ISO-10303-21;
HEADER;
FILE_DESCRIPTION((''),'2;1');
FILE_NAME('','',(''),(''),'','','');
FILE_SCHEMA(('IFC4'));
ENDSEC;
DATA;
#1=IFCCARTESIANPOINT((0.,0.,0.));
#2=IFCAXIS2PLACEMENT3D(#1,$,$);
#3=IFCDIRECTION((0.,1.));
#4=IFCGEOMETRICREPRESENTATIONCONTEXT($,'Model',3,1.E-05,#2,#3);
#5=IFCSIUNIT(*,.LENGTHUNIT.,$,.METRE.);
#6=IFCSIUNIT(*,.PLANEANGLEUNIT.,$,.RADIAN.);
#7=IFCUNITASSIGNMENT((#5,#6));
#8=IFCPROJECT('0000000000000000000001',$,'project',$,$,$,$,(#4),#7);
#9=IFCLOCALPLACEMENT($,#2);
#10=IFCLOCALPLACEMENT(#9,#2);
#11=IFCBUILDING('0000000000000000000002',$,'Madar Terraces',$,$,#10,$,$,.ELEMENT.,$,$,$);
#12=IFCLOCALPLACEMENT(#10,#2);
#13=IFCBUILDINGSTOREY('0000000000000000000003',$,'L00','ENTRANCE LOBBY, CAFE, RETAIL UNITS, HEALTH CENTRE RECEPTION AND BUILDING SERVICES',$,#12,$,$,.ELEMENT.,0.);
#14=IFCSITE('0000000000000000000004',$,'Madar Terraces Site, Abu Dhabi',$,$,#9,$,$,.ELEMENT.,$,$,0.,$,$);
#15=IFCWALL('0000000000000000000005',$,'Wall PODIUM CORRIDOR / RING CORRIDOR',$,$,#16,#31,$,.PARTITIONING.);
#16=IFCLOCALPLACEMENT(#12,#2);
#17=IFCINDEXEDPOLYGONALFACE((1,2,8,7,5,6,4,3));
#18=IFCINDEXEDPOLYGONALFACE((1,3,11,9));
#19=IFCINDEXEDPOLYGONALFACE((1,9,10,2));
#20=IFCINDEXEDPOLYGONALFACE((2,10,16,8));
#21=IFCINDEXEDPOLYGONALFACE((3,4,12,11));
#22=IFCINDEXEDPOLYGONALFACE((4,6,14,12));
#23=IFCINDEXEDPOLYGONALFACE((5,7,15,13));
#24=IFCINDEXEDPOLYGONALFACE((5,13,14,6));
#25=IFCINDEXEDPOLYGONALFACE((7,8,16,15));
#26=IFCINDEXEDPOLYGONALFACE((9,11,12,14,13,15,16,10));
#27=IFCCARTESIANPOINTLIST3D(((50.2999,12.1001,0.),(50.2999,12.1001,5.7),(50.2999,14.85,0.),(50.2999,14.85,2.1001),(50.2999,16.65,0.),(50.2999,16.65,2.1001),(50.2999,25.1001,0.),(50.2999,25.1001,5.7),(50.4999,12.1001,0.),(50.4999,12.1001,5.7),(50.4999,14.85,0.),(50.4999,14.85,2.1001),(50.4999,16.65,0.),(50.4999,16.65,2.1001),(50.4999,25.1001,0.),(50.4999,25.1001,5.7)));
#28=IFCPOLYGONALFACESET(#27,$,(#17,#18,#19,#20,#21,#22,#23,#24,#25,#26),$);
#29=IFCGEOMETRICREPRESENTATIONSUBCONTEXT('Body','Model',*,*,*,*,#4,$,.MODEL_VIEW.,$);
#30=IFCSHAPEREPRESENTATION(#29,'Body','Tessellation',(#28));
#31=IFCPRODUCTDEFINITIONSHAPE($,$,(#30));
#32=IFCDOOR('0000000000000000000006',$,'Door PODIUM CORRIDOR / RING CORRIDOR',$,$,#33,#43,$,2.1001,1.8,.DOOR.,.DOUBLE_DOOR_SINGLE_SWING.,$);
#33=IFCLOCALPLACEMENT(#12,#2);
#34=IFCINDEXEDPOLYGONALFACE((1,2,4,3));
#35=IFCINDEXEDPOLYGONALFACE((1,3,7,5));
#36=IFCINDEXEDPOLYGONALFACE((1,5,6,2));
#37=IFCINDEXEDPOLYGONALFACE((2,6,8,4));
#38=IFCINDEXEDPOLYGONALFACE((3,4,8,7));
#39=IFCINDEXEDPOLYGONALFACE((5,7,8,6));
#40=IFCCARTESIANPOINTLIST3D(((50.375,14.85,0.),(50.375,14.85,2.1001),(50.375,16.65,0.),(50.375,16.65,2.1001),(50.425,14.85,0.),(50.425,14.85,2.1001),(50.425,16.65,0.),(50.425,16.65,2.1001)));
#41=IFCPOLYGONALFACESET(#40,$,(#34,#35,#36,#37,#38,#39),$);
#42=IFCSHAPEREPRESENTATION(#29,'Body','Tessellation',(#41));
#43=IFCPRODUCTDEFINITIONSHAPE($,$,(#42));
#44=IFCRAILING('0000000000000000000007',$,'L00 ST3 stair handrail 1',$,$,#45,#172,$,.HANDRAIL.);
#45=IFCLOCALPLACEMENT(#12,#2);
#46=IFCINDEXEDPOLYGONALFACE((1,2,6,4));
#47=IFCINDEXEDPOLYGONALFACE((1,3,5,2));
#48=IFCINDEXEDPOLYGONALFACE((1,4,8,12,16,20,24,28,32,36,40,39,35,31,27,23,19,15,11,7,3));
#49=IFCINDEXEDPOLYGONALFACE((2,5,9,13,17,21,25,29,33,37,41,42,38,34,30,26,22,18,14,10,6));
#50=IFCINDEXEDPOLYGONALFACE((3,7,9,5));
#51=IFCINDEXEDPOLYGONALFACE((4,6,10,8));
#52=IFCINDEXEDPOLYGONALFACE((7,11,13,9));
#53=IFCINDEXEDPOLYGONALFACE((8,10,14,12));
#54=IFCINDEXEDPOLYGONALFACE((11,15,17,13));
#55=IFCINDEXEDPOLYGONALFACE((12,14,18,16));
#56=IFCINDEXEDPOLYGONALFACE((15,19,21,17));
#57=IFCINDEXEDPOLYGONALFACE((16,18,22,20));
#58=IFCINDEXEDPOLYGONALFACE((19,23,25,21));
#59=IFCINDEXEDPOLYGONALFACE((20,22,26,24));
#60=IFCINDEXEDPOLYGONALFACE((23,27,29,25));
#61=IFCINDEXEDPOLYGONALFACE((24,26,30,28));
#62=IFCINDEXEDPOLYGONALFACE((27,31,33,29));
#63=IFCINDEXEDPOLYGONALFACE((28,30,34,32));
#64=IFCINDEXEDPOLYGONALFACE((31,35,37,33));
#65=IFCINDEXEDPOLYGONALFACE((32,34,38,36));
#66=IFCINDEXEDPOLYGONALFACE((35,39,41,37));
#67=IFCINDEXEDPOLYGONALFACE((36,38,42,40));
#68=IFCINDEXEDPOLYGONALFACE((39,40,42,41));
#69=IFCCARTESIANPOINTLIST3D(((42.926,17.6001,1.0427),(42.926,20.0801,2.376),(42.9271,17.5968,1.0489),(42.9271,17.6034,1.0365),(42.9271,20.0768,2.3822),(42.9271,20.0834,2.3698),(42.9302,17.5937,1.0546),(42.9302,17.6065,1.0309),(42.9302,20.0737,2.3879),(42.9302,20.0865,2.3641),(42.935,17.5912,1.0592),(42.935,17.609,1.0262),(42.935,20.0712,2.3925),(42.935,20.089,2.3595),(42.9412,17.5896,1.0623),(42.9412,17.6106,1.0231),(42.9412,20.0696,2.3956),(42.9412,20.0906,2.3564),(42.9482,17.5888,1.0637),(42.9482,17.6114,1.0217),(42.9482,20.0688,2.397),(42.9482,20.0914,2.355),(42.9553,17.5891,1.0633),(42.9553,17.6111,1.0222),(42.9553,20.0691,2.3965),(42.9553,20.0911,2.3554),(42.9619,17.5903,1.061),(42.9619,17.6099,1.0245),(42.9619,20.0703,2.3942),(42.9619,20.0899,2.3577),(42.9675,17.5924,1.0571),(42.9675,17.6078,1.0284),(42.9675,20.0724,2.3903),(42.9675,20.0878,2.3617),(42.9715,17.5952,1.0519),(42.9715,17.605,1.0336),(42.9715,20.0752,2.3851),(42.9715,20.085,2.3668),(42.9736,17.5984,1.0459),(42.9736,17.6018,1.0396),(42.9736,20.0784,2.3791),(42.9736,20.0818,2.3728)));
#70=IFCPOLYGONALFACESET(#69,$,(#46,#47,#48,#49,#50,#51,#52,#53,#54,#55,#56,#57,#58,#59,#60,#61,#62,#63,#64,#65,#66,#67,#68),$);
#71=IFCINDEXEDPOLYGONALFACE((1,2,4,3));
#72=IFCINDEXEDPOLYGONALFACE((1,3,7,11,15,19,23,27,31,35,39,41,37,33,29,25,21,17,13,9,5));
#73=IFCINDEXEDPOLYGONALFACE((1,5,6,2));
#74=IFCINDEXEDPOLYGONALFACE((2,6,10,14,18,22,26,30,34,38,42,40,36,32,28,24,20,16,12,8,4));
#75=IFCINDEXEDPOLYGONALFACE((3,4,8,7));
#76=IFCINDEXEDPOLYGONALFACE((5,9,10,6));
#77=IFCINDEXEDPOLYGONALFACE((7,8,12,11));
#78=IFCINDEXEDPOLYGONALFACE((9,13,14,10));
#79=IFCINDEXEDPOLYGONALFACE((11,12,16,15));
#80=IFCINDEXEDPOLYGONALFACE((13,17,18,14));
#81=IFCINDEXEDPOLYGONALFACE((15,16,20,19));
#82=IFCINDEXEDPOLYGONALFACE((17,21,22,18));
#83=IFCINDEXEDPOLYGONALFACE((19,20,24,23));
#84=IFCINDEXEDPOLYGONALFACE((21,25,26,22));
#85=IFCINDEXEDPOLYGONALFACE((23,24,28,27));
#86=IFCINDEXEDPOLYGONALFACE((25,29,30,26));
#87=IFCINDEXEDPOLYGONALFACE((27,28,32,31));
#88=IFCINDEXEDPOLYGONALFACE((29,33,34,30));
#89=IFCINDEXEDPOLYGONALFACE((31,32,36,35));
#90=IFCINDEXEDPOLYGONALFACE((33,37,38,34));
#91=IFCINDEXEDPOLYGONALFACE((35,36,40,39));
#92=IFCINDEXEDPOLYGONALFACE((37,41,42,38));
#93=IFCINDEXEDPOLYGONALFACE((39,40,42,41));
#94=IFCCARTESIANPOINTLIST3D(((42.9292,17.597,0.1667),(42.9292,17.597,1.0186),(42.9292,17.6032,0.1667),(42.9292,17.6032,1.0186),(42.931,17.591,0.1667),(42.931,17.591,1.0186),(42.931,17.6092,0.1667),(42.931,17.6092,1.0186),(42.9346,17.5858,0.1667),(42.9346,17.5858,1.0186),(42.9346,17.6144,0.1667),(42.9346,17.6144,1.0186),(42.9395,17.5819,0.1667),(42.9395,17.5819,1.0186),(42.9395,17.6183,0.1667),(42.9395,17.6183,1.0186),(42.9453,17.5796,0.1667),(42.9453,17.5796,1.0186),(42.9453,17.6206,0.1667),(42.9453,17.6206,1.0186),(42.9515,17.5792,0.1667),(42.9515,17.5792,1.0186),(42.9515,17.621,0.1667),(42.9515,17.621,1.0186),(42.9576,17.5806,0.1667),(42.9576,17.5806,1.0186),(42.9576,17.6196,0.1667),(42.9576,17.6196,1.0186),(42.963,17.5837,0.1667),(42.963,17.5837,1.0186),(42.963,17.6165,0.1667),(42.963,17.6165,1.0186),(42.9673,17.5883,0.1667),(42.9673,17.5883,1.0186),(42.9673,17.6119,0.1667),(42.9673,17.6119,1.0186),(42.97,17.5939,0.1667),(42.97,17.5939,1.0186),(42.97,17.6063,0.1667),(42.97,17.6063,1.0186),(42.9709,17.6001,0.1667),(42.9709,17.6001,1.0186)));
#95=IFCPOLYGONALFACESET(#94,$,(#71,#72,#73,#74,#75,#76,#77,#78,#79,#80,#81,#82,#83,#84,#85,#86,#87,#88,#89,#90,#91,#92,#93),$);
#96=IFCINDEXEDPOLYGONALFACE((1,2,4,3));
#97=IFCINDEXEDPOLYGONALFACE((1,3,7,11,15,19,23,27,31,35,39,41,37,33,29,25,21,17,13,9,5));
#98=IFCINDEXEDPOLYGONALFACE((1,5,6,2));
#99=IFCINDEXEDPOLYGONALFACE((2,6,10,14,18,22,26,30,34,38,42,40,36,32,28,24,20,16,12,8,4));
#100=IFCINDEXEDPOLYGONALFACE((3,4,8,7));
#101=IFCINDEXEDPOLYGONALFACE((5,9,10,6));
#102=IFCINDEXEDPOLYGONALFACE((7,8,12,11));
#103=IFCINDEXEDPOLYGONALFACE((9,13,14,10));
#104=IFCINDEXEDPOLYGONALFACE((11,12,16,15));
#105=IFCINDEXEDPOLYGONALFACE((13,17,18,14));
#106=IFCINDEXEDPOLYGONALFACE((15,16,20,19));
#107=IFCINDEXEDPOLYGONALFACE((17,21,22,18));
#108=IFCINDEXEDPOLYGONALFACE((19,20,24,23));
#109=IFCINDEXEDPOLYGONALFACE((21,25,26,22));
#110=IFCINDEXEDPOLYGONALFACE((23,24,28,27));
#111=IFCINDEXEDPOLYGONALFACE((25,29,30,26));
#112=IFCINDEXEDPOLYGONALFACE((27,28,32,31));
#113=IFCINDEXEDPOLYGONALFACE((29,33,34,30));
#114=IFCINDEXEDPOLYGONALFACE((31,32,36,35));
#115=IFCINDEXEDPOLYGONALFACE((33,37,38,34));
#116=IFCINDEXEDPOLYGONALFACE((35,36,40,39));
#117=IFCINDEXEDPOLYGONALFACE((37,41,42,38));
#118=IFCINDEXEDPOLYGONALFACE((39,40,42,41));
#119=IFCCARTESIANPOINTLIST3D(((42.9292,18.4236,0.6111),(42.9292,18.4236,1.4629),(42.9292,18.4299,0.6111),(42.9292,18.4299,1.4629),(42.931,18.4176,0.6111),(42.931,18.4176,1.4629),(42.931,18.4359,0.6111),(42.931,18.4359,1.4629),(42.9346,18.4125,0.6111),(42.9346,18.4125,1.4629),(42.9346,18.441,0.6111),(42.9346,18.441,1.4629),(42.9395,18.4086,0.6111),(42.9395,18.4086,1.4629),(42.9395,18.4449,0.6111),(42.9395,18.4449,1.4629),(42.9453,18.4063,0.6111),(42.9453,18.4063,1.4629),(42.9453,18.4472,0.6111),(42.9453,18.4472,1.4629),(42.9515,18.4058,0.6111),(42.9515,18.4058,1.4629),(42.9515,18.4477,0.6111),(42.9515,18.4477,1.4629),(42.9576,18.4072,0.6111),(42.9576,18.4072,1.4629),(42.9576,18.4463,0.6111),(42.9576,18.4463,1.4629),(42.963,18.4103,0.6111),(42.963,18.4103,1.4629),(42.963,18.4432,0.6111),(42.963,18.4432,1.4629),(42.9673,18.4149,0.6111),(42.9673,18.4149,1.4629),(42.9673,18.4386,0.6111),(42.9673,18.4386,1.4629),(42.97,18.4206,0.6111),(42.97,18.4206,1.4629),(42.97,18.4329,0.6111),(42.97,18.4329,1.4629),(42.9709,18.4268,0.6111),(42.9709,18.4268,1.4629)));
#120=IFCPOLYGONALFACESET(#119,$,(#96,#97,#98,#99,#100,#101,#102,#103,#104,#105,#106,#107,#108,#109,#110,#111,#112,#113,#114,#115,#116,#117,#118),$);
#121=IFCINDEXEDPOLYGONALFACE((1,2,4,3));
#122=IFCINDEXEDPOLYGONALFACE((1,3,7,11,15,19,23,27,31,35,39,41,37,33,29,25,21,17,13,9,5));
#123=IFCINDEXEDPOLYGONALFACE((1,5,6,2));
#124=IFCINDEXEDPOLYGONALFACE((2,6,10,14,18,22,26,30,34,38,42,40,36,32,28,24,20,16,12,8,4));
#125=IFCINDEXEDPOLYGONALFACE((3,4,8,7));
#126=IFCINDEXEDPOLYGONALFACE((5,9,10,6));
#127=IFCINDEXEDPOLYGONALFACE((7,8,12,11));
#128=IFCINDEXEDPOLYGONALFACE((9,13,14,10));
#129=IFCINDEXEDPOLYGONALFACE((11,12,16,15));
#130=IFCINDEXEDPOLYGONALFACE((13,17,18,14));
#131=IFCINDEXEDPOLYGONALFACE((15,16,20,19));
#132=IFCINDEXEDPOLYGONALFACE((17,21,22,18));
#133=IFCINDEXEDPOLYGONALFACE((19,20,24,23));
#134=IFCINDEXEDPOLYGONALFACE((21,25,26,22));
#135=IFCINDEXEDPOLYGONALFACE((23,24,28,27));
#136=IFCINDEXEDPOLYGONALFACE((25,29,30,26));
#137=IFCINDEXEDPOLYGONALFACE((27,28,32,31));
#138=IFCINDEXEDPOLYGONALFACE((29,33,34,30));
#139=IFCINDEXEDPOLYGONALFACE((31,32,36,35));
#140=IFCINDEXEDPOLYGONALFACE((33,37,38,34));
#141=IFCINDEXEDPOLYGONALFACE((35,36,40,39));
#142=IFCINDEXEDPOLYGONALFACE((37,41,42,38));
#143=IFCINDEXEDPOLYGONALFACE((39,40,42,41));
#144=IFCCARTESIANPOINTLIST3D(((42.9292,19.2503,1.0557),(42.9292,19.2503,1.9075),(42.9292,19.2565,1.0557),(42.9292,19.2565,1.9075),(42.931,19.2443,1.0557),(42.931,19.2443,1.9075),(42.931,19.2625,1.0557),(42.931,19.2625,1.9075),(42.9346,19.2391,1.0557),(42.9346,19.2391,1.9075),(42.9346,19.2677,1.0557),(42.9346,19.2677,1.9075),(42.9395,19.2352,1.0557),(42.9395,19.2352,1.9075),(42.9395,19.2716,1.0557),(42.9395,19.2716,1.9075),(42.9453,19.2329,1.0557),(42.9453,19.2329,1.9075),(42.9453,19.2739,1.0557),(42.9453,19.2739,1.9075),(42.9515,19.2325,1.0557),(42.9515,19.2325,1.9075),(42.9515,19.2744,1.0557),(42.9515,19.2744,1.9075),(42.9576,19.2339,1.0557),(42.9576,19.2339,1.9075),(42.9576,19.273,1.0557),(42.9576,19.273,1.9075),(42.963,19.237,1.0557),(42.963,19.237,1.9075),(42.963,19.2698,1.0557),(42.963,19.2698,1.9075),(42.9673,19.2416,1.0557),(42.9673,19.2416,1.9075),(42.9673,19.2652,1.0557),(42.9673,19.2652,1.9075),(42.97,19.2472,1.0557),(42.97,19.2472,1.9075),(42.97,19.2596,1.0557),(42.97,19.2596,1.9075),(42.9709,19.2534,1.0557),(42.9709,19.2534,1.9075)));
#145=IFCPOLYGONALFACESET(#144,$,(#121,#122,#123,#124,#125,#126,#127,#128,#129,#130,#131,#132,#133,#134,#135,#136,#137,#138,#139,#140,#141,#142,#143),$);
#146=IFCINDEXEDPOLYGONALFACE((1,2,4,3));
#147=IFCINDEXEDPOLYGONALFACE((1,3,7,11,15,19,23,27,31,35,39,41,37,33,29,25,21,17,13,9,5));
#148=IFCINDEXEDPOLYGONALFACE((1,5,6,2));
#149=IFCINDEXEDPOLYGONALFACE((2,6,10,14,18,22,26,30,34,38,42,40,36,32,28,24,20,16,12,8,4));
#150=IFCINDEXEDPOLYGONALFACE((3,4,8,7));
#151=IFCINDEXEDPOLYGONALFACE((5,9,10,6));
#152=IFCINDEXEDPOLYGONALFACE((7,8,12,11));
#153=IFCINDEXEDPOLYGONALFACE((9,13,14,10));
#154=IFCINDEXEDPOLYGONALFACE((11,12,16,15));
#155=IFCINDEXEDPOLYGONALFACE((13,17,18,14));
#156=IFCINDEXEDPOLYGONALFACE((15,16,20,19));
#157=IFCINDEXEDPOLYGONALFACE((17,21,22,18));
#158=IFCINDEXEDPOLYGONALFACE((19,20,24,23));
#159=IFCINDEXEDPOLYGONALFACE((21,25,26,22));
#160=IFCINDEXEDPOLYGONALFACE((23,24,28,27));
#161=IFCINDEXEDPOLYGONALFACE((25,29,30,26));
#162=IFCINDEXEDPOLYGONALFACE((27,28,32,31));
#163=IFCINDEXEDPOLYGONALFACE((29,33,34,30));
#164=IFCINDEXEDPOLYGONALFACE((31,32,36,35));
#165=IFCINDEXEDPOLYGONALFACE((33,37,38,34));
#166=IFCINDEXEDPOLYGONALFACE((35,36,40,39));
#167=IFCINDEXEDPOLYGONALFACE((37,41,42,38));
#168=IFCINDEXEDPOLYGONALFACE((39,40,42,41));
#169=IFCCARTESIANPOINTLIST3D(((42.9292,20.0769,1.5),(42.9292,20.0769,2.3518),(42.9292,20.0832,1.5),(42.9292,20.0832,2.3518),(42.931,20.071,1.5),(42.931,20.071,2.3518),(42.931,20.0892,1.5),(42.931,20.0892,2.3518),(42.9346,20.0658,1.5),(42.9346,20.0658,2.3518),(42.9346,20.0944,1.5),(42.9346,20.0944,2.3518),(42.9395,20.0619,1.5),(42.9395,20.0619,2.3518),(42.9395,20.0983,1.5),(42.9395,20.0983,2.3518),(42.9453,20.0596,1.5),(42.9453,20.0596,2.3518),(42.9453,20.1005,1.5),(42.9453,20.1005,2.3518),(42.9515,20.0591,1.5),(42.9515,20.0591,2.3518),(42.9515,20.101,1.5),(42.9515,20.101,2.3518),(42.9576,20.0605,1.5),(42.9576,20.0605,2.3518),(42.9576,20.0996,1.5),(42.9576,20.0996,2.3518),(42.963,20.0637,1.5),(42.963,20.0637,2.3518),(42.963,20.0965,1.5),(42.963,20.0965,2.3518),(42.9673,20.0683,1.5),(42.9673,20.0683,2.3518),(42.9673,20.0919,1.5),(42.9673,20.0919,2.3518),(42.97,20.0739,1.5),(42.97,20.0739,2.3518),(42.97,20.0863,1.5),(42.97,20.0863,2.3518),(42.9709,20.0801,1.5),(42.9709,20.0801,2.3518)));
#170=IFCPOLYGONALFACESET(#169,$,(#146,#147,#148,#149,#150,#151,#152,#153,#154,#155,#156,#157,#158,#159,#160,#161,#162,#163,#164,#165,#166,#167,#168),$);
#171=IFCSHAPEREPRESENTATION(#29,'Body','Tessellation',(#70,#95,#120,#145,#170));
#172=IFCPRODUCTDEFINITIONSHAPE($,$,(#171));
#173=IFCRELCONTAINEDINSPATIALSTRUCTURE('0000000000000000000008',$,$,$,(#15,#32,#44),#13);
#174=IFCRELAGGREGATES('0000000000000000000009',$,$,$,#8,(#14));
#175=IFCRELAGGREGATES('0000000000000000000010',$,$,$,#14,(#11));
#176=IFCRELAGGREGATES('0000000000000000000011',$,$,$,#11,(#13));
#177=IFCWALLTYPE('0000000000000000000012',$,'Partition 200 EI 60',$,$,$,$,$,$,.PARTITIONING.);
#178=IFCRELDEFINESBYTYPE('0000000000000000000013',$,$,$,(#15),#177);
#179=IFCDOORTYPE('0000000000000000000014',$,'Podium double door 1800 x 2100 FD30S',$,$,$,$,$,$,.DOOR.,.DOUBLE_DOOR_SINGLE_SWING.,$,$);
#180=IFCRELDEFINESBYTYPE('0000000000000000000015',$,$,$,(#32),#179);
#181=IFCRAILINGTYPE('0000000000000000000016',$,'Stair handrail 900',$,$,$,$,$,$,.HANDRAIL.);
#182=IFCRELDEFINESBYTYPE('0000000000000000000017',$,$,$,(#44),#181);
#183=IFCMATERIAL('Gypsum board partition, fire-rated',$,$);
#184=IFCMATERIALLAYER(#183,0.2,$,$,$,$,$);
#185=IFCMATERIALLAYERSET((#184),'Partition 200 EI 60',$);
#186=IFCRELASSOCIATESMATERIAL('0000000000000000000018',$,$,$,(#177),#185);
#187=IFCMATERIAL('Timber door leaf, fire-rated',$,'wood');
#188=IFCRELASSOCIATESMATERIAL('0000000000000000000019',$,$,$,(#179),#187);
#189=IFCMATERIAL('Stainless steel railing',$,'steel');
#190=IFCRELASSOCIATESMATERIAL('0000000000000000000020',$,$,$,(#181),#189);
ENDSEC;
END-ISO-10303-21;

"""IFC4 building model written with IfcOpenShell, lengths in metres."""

from ifc_helpers import new_model, si_unit, direction, frame, frame_2d, origin, origin_2d, place, context, subcontext, project, spatial, rectangle, circle, extrude, material, layer, layer_set, type_object, element, fill, save


model = new_model("IFC4")

# Units and contexts
model_context = context("Model", 3, precision=1e-05, world=origin(), true_north=direction((0.0, 1.0)))
body_context = subcontext(model_context, "Body", "Model", "MODEL_VIEW")
ifc_project = project(units=[si_unit("LENGTHUNIT", "METRE"), si_unit("PLANEANGLEUNIT", "RADIAN")], contexts=[model_context])

# Site, building, storey
site_placement = place(None, origin())
site = spatial("IfcSite", under=ifc_project, at=site_placement, Name="Madar Terraces Site, Abu Dhabi", CompositionType="ELEMENT", RefElevation=0.0)
building_placement = place(site_placement, origin())
building = spatial("IfcBuilding", under=site, at=building_placement, Name="Madar Terraces", CompositionType="ELEMENT")
storey_placement = place(building_placement, origin())
storey = spatial("IfcBuildingStorey", under=building, at=storey_placement, Name="L00", Description="ENTRANCE LOBBY, CAFE, RETAIL UNITS, HEALTH CENTRE RECEPTION AND BUILDING SERVICES", CompositionType="ELEMENT", Elevation=0.0)

# Wall, opening, door
ifc_material_1 = material(Name="Gypsum board partition, fire-rated")
ifc_layer_1 = layer(ifc_material_1, 0.2)
ifc_layer_set_1 = layer_set([ifc_layer_1], Name="Partition 200 EI 60")
wall_type_1 = type_object("IfcWallType", Name="Partition 200 EI 60", PredefinedType="PARTITIONING", material=ifc_layer_set_1)
wall_1_placement = place(storey_placement, frame((50.3999, 12.1001, 0.0), z_axis=(0.0, 0.0, 1.0), x_axis=(0.0, 1.0, 0.0)))
wall_1 = element("IfcWall", 1, at=wall_1_placement, inside=storey, type_object=wall_type_1, Name="Wall PODIUM CORRIDOR / RING CORRIDOR", PredefinedType="PARTITIONING", context=body_context, shape_type="SweptSolid", body=[
    extrude(rectangle(XDim=13.0, YDim=0.2, at=frame_2d((6.5, 0.0))), origin(), (0.0, 0.0, 1.0), 5.7),
])
opening_1_placement = place(wall_1_placement, frame((2.75, 0.0, 0.0)))
opening_1 = element("IfcOpeningElement", 2, at=opening_1_placement, cuts=wall_1, PredefinedType="OPENING", context=body_context, shape_type="SweptSolid", body=[
    extrude(rectangle(XDim=1.8, YDim=2.1001, at=frame_2d((0.8999, 1.05))), frame((0.0, 0.1099, 0.0), z_axis=(0.0, -1.0, 0.0), x_axis=(1.0, 0.0, 0.0)), (0.0, 0.0, 1.0), 0.22),
])
ifc_material_2 = material(Name="Timber door leaf, fire-rated", Category="wood")
door_type_1 = type_object("IfcDoorType", Name="Podium double door 1800 x 2100 FD30S", OperationType="DOUBLE_DOOR_SINGLE_SWING", PredefinedType="DOOR", material=ifc_material_2)
door_1_placement = place(opening_1_placement, origin())
door_1 = element("IfcDoor", 3, at=door_1_placement, inside=storey, type_object=door_type_1, Name="Door PODIUM CORRIDOR / RING CORRIDOR", OperationType="DOUBLE_DOOR_SINGLE_SWING", OverallHeight=2.1001, OverallWidth=1.8, PredefinedType="DOOR", context=body_context, shape_type="SweptSolid", body=[
    extrude(rectangle(XDim=1.8, YDim=2.1001, at=frame_2d((0.8999, 1.05))), frame((0.0, 0.0249, 0.0), z_axis=(0.0, -1.0, 0.0), x_axis=(1.0, 0.0, 0.0)), (0.0, 0.0, 1.0), 0.05),
])
fill(opening_1, door_1)

# Railing
ifc_material_3 = material(Name="Stainless steel railing", Category="steel")
railing_type = type_object("IfcRailingType", Name="Stair handrail 900", PredefinedType="HANDRAIL", material=ifc_material_3)
for number, where, name in (
    (4, (42.95, 17.6001, 0.1667), "L00 ST3 stair handrail 1"),
):
    element("IfcRailing", number, at=place(storey_placement, frame(where)), inside=storey, type_object=railing_type, Name=name, PredefinedType="HANDRAIL", context=body_context, shape_type="SweptSolid", body=[
        extrude(circle(Radius=0.0239, at=origin_2d()), frame((0.0, 0.0, 0.876), z_axis=(0.0, 0.880786, 0.473515), x_axis=(-1.0, 0.0, 0.0)), (0.0, 0.0, 1.0), 2.8157),
        extrude(circle(Radius=0.021, at=origin_2d()), origin(), (0.0, 0.0, 1.0), 0.8518),
        extrude(circle(Radius=0.021, at=origin_2d()), frame((0.0, 0.8267, 0.4443)), (0.0, 0.0, 1.0), 0.8518),
        extrude(circle(Radius=0.021, at=origin_2d()), frame((0.0, 1.6533, 0.8889)), (0.0, 0.0, 1.0), 0.8518),
        extrude(circle(Radius=0.021, at=origin_2d()), frame((0.0, 2.48, 1.3333)), (0.0, 0.0, 1.0), 0.8518),
    ])

save(model, "model.ifc")
